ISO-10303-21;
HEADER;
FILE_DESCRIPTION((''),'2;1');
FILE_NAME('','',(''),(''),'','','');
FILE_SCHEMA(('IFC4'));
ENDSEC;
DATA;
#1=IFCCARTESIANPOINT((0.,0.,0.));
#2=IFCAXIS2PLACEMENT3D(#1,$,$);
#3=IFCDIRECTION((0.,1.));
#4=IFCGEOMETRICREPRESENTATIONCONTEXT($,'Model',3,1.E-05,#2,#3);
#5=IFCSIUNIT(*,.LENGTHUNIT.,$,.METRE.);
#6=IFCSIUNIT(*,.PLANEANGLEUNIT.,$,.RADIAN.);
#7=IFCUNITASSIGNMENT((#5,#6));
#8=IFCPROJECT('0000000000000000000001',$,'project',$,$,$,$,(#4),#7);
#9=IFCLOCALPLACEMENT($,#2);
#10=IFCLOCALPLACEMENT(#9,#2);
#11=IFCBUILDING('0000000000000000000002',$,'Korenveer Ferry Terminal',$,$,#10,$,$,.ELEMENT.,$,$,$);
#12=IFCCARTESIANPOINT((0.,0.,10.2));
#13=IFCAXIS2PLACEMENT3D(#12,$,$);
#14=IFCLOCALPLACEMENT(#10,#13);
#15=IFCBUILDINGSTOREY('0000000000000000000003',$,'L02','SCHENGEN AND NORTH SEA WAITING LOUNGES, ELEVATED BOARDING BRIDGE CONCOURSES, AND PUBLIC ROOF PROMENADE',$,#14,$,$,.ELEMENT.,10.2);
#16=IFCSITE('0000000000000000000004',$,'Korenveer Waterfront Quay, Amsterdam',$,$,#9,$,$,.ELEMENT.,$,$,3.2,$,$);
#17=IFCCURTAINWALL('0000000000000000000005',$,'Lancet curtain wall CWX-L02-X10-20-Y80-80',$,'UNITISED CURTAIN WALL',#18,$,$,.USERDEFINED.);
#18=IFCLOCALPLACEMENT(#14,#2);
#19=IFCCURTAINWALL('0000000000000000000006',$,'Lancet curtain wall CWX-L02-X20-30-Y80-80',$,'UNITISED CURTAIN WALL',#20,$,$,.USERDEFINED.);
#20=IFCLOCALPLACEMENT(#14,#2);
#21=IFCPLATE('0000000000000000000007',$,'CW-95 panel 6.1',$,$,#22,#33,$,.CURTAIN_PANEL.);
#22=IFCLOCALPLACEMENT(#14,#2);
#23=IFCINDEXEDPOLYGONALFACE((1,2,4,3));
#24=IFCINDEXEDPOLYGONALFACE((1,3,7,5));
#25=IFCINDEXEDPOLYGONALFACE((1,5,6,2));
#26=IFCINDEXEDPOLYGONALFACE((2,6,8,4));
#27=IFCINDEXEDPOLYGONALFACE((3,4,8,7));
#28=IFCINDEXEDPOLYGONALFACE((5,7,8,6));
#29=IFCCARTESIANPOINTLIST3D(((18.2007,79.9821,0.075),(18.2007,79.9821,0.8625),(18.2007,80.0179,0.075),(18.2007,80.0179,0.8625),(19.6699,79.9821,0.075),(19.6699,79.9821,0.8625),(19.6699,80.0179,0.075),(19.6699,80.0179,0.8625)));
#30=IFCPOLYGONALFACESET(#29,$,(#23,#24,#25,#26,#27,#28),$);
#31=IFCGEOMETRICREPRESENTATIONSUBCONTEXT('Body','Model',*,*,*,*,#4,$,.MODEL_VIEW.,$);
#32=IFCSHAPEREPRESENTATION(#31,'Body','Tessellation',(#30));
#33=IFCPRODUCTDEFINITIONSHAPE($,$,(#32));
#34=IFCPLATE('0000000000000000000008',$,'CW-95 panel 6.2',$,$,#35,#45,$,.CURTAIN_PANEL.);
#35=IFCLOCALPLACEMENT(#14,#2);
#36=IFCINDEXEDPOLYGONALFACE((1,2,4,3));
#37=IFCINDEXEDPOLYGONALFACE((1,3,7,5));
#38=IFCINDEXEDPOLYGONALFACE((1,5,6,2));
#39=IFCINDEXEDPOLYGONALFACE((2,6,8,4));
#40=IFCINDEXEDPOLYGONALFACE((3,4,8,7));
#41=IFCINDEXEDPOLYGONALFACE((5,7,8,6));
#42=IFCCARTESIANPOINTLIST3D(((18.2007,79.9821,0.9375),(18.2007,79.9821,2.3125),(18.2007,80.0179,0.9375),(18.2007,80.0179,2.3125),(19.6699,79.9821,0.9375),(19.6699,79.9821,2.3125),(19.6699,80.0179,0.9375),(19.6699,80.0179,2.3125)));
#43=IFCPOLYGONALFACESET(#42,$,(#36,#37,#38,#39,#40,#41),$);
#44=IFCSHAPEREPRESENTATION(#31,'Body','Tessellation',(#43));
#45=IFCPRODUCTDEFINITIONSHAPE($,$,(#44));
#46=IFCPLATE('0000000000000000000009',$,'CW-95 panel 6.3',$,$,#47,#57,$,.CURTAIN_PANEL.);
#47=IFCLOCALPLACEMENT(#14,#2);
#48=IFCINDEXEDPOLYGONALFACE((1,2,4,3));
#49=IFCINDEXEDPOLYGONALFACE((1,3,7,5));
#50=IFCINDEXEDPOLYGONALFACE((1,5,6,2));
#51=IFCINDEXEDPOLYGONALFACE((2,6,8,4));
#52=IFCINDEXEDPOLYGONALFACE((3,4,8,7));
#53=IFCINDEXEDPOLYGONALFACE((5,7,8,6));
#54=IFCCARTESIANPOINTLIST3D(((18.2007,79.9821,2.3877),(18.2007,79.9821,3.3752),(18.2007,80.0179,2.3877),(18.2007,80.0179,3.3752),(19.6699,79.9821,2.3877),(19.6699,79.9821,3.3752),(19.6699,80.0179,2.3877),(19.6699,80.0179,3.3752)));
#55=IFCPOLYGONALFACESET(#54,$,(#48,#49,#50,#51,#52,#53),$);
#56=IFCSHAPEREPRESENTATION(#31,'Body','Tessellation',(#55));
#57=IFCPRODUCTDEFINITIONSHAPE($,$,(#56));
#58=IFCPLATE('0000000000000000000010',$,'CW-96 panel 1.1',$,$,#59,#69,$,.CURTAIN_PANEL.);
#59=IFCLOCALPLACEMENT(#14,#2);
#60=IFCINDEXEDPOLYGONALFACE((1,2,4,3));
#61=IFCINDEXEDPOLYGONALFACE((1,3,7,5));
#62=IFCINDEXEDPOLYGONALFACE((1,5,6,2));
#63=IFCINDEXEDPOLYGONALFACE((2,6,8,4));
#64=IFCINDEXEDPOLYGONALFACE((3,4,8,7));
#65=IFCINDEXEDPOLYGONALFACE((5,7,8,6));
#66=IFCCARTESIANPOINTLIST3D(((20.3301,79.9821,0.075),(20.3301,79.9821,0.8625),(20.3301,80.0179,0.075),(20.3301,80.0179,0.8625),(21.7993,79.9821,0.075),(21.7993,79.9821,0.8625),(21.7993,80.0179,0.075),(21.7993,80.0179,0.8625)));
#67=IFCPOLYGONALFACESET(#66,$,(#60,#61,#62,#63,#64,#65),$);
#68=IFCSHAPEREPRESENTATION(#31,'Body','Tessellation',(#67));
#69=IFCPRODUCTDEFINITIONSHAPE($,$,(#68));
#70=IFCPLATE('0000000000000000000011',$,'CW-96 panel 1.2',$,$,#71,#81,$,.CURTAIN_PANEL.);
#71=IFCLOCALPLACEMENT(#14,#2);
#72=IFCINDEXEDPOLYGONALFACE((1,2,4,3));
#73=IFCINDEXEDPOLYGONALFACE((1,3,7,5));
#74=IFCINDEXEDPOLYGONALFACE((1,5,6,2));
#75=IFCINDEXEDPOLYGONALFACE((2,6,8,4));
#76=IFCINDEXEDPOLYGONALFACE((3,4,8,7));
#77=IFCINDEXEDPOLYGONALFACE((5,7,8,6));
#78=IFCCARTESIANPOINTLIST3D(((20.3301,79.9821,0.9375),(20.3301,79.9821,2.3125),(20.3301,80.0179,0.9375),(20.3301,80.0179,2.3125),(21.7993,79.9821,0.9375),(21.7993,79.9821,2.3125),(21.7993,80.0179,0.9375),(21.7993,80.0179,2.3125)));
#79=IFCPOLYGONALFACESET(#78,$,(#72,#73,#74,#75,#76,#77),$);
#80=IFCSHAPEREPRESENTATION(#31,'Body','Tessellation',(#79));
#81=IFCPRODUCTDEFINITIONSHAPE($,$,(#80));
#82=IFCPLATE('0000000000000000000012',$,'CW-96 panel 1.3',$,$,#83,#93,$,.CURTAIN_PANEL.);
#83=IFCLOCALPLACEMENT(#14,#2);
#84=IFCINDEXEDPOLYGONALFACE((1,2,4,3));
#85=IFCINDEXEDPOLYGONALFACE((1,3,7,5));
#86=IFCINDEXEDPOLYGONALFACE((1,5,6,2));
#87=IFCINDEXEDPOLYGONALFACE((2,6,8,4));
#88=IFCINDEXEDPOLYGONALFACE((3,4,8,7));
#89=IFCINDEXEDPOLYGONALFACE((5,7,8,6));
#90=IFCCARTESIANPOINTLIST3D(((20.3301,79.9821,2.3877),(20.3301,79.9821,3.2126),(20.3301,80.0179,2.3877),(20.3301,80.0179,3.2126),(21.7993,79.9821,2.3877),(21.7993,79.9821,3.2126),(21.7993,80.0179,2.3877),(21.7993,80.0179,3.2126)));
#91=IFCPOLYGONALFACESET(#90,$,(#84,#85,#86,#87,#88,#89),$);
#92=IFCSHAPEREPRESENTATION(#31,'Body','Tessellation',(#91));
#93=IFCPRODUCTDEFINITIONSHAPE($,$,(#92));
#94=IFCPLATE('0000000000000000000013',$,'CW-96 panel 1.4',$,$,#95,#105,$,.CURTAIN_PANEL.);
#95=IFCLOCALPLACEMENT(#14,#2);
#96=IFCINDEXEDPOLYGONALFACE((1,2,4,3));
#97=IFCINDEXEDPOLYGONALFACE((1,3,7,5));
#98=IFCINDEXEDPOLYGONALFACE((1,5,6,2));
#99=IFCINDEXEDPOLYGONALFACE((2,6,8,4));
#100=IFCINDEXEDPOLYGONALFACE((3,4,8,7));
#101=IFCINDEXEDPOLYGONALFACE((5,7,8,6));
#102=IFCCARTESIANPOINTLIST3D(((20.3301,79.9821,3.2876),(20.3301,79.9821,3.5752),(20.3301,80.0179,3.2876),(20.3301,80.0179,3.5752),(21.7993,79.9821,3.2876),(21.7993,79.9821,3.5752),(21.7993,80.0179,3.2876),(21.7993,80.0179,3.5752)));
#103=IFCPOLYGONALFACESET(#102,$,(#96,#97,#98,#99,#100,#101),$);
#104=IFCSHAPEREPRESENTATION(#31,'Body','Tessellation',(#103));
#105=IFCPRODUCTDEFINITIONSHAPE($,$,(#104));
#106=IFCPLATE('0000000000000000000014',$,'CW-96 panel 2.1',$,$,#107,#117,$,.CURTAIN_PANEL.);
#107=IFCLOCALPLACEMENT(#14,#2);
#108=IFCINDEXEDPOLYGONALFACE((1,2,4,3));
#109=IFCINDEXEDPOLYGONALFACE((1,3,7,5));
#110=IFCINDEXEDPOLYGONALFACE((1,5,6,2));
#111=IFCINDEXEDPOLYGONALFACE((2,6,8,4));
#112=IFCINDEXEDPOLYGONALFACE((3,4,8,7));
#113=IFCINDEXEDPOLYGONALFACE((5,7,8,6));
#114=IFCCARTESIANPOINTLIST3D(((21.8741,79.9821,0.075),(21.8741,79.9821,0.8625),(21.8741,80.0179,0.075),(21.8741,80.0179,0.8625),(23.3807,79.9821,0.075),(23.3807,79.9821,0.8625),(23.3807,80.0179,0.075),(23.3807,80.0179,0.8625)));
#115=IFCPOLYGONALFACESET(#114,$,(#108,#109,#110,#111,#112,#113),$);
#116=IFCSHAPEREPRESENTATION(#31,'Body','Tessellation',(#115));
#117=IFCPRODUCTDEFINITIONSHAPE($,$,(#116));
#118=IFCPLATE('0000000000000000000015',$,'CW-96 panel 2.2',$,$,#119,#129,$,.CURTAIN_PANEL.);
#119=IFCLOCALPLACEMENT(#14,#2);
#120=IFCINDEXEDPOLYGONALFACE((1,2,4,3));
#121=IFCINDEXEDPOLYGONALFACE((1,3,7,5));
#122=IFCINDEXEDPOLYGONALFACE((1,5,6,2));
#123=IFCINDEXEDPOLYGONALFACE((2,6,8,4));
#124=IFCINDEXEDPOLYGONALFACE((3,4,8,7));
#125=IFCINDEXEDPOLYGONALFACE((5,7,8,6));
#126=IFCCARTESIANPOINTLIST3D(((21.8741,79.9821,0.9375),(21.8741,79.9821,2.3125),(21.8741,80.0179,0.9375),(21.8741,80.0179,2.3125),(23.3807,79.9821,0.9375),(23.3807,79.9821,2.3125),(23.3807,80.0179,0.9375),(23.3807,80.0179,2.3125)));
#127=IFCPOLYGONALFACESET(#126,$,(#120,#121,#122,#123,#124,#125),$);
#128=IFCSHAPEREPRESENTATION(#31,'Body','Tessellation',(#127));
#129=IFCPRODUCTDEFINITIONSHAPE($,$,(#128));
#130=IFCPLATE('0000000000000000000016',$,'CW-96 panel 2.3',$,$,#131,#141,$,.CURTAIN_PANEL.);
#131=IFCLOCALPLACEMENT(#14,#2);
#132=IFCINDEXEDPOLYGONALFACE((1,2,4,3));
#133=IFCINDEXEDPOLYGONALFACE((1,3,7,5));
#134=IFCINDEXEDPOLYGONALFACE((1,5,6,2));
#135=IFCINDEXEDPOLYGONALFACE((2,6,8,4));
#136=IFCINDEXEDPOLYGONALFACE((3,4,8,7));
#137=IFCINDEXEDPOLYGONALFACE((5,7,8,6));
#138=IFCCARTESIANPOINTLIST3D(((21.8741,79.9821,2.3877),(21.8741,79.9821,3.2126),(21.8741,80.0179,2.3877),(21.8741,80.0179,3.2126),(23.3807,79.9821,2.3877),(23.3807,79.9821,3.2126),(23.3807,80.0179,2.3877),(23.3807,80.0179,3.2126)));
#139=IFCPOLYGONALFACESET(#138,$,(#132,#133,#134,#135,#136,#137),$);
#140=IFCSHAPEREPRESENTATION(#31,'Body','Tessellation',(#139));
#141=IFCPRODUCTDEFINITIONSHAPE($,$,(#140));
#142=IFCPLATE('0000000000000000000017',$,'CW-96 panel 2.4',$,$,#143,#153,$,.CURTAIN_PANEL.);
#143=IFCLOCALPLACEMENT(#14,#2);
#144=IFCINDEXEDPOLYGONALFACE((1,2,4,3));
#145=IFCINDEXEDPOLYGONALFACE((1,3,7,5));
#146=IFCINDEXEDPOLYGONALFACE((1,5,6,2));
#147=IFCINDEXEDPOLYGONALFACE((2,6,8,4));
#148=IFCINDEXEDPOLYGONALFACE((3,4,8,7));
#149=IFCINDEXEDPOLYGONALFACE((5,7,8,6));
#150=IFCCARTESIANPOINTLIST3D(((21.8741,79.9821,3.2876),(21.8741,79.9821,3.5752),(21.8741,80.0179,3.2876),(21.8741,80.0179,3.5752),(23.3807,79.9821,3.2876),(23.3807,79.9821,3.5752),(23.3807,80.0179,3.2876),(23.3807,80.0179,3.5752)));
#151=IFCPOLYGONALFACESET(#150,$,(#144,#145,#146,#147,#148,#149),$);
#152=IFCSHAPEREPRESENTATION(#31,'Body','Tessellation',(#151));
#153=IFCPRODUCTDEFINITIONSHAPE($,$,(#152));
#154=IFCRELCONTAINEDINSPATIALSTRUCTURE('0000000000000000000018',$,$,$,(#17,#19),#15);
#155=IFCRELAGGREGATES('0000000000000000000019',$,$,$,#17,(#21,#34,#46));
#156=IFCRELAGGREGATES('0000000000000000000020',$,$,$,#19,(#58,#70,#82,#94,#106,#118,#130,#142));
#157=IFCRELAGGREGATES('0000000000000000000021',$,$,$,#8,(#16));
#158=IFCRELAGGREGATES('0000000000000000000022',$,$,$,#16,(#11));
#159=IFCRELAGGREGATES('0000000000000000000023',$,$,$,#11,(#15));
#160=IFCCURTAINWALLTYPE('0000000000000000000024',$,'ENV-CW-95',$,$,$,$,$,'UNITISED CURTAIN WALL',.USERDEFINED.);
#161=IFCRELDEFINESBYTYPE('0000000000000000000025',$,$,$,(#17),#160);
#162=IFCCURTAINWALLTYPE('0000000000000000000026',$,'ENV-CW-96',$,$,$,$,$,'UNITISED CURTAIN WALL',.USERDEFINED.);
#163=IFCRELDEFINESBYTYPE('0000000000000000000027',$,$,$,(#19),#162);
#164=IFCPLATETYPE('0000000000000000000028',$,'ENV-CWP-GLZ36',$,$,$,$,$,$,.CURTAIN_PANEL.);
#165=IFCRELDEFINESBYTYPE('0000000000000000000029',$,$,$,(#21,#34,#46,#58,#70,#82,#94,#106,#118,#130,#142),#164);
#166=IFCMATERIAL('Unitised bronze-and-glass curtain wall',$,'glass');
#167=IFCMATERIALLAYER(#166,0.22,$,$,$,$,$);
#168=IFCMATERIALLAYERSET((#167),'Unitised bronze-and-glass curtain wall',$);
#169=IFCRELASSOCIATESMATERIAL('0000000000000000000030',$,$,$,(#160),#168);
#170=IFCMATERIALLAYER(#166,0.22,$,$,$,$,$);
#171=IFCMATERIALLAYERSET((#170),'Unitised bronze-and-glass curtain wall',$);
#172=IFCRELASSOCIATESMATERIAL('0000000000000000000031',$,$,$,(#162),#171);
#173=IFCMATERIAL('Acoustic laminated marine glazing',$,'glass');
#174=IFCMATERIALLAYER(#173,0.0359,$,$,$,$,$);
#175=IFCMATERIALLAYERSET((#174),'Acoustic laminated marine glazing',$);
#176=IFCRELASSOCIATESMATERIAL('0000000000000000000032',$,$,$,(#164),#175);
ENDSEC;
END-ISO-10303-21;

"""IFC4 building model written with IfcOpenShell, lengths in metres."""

from ifc_helpers import new_model, si_unit, direction, frame, origin, origin_2d, place, context, subcontext, project, spatial, rectangle, extrude, material, layer, layer_set, type_object, element, aggregate, save


model = new_model("IFC4")

# Units and contexts
model_context = context("Model", 3, precision=1e-05, world=origin(), true_north=direction((0.0, 1.0)))
body_context = subcontext(model_context, "Body", "Model", "MODEL_VIEW")
ifc_project = project(units=[si_unit("LENGTHUNIT", "METRE"), si_unit("PLANEANGLEUNIT", "RADIAN")], contexts=[model_context])

# Site, building, storey
site_placement = place(None, origin())
site = spatial("IfcSite", under=ifc_project, at=site_placement, Name="Korenveer Waterfront Quay, Amsterdam", CompositionType="ELEMENT", RefElevation=3.2)
building_placement = place(site_placement, origin())
building = spatial("IfcBuilding", under=site, at=building_placement, Name="Korenveer Ferry Terminal", CompositionType="ELEMENT")
storey_placement = place(building_placement, frame((0.0, 0.0, 10.2)))
storey = spatial("IfcBuildingStorey", under=building, at=storey_placement, Name="L02", Description="SCHENGEN AND NORTH SEA WAITING LOUNGES, ELEVATED BOARDING BRIDGE CONCOURSES, AND PUBLIC ROOF PROMENADE", CompositionType="ELEMENT", Elevation=10.2)

# Curtain walls
ifc_material_1 = material(Name="Unitised bronze-and-glass curtain wall", Category="glass")
ifc_layer_1 = layer(ifc_material_1, 0.22)
ifc_layer_set_1 = layer_set([ifc_layer_1], Name="Unitised bronze-and-glass curtain wall")
curtain_wall_type_1 = type_object("IfcCurtainWallType", Name="ENV-CW-95", ElementType="UNITISED CURTAIN WALL", PredefinedType="USERDEFINED", material=ifc_layer_set_1)
curtain_wall_1_placement = place(storey_placement, frame((10.2549, 80.0, 0.0)))
curtain_wall_1 = element("IfcCurtainWall", 1, at=curtain_wall_1_placement, inside=storey, type_object=curtain_wall_type_1, Name="Lancet curtain wall CWX-L02-X10-20-Y80-80", ObjectType="UNITISED CURTAIN WALL", PredefinedType="USERDEFINED")
ifc_layer_2 = layer(ifc_material_1, 0.22)
ifc_layer_set_2 = layer_set([ifc_layer_2], Name="Unitised bronze-and-glass curtain wall")
curtain_wall_type_2 = type_object("IfcCurtainWallType", Name="ENV-CW-96", ElementType="UNITISED CURTAIN WALL", PredefinedType="USERDEFINED", material=ifc_layer_set_2)
curtain_wall_2_placement = place(storey_placement, frame((20.2549, 80.0, 0.0)))
curtain_wall_2 = element("IfcCurtainWall", 2, at=curtain_wall_2_placement, inside=storey, type_object=curtain_wall_type_2, Name="Lancet curtain wall CWX-L02-X20-30-Y80-80", ObjectType="UNITISED CURTAIN WALL", PredefinedType="USERDEFINED")

# Plates
ifc_material_2 = material(Name="Acoustic laminated marine glazing", Category="glass")
ifc_layer_3 = layer(ifc_material_2, 0.0359)
ifc_layer_set_3 = layer_set([ifc_layer_3], Name="Acoustic laminated marine glazing")
plate_type = type_object("IfcPlateType", Name="ENV-CWP-GLZ36", PredefinedType="CURTAIN_PANEL", material=ifc_layer_set_3)
plate_1_placement = place(storey_placement, frame((18.9353, 80.0, 0.075), z_axis=(0.0, 0.0, 1.0), x_axis=(1.0, 0.0, 0.0)))
plate_1 = element("IfcPlate", 3, at=plate_1_placement, type_object=plate_type, Name="CW-95 panel 6.1", PredefinedType="CURTAIN_PANEL", context=body_context, shape_type="SweptSolid", body=[
    extrude(rectangle(XDim=1.4692, YDim=0.0359, at=origin_2d()), origin(), (0.0, 0.0, 1.0), 0.7876),
])
plate_2_placement = place(storey_placement, frame((18.9353, 80.0, 0.9375), z_axis=(0.0, 0.0, 1.0), x_axis=(1.0, 0.0, 0.0)))
plate_2 = element("IfcPlate", 4, at=plate_2_placement, type_object=plate_type, Name="CW-95 panel 6.2", PredefinedType="CURTAIN_PANEL", context=body_context, shape_type="SweptSolid", body=[
    extrude(rectangle(XDim=1.4692, YDim=0.0359, at=origin_2d()), origin(), (0.0, 0.0, 1.0), 1.375),
])
plate_3_placement = place(storey_placement, frame((18.9353, 80.0, 2.3877), z_axis=(0.0, 0.0, 1.0), x_axis=(1.0, 0.0, 0.0)))
plate_3 = element("IfcPlate", 5, at=plate_3_placement, type_object=plate_type, Name="CW-95 panel 6.3", PredefinedType="CURTAIN_PANEL", context=body_context, shape_type="SweptSolid", body=[
    extrude(rectangle(XDim=1.4692, YDim=0.0359, at=origin_2d()), origin(), (0.0, 0.0, 1.0), 0.9875),
])
aggregate(curtain_wall_1, [plate_1, plate_2, plate_3])
plate_4_placement = place(storey_placement, frame((21.0647, 80.0, 0.075), z_axis=(0.0, 0.0, 1.0), x_axis=(1.0, 0.0, 0.0)))
plate_4 = element("IfcPlate", 6, at=plate_4_placement, type_object=plate_type, Name="CW-96 panel 1.1", PredefinedType="CURTAIN_PANEL", context=body_context, shape_type="SweptSolid", body=[
    extrude(rectangle(XDim=1.4692, YDim=0.0359, at=origin_2d()), origin(), (0.0, 0.0, 1.0), 0.7876),
])
plate_5_placement = place(storey_placement, frame((21.0647, 80.0, 0.9375), z_axis=(0.0, 0.0, 1.0), x_axis=(1.0, 0.0, 0.0)))
plate_5 = element("IfcPlate", 7, at=plate_5_placement, type_object=plate_type, Name="CW-96 panel 1.2", PredefinedType="CURTAIN_PANEL", context=body_context, shape_type="SweptSolid", body=[
    extrude(rectangle(XDim=1.4692, YDim=0.0359, at=origin_2d()), origin(), (0.0, 0.0, 1.0), 1.375),
])
plate_6_placement = place(storey_placement, frame((21.0647, 80.0, 2.3877), z_axis=(0.0, 0.0, 1.0), x_axis=(1.0, 0.0, 0.0)))
plate_6 = element("IfcPlate", 8, at=plate_6_placement, type_object=plate_type, Name="CW-96 panel 1.3", PredefinedType="CURTAIN_PANEL", context=body_context, shape_type="SweptSolid", body=[
    extrude(rectangle(XDim=1.4692, YDim=0.0359, at=origin_2d()), origin(), (0.0, 0.0, 1.0), 0.825),
])
plate_7_placement = place(storey_placement, frame((21.0647, 80.0, 3.2876), z_axis=(0.0, 0.0, 1.0), x_axis=(1.0, 0.0, 0.0)))
plate_7 = element("IfcPlate", 9, at=plate_7_placement, type_object=plate_type, Name="CW-96 panel 1.4", PredefinedType="CURTAIN_PANEL", context=body_context, shape_type="SweptSolid", body=[
    extrude(rectangle(XDim=1.4692, YDim=0.0359, at=origin_2d()), origin(), (0.0, 0.0, 1.0), 0.2876),
])
plate_8_placement = place(storey_placement, frame((22.6274, 80.0, 0.075), z_axis=(0.0, 0.0, 1.0), x_axis=(1.0, 0.0, 0.0)))
plate_8 = element("IfcPlate", 10, at=plate_8_placement, type_object=plate_type, Name="CW-96 panel 2.1", PredefinedType="CURTAIN_PANEL", context=body_context, shape_type="SweptSolid", body=[
    extrude(rectangle(XDim=1.5066, YDim=0.0359, at=origin_2d()), origin(), (0.0, 0.0, 1.0), 0.7876),
])
plate_9_placement = place(storey_placement, frame((22.6274, 80.0, 0.9375), z_axis=(0.0, 0.0, 1.0), x_axis=(1.0, 0.0, 0.0)))
plate_9 = element("IfcPlate", 11, at=plate_9_placement, type_object=plate_type, Name="CW-96 panel 2.2", PredefinedType="CURTAIN_PANEL", context=body_context, shape_type="SweptSolid", body=[
    extrude(rectangle(XDim=1.5066, YDim=0.0359, at=origin_2d()), origin(), (0.0, 0.0, 1.0), 1.375),
])
plate_10_placement = place(storey_placement, frame((22.6274, 80.0, 2.3877), z_axis=(0.0, 0.0, 1.0), x_axis=(1.0, 0.0, 0.0)))
plate_10 = element("IfcPlate", 12, at=plate_10_placement, type_object=plate_type, Name="CW-96 panel 2.3", PredefinedType="CURTAIN_PANEL", context=body_context, shape_type="SweptSolid", body=[
    extrude(rectangle(XDim=1.5066, YDim=0.0359, at=origin_2d()), origin(), (0.0, 0.0, 1.0), 0.825),
])
plate_11_placement = place(storey_placement, frame((22.6274, 80.0, 3.2876), z_axis=(0.0, 0.0, 1.0), x_axis=(1.0, 0.0, 0.0)))
plate_11 = element("IfcPlate", 13, at=plate_11_placement, type_object=plate_type, Name="CW-96 panel 2.4", PredefinedType="CURTAIN_PANEL", context=body_context, shape_type="SweptSolid", body=[
    extrude(rectangle(XDim=1.5066, YDim=0.0359, at=origin_2d()), origin(), (0.0, 0.0, 1.0), 0.2876),
])
aggregate(curtain_wall_2, [plate_4, plate_5, plate_6, plate_7, plate_8, plate_9, plate_10, plate_11])

save(model, "model.ifc")
